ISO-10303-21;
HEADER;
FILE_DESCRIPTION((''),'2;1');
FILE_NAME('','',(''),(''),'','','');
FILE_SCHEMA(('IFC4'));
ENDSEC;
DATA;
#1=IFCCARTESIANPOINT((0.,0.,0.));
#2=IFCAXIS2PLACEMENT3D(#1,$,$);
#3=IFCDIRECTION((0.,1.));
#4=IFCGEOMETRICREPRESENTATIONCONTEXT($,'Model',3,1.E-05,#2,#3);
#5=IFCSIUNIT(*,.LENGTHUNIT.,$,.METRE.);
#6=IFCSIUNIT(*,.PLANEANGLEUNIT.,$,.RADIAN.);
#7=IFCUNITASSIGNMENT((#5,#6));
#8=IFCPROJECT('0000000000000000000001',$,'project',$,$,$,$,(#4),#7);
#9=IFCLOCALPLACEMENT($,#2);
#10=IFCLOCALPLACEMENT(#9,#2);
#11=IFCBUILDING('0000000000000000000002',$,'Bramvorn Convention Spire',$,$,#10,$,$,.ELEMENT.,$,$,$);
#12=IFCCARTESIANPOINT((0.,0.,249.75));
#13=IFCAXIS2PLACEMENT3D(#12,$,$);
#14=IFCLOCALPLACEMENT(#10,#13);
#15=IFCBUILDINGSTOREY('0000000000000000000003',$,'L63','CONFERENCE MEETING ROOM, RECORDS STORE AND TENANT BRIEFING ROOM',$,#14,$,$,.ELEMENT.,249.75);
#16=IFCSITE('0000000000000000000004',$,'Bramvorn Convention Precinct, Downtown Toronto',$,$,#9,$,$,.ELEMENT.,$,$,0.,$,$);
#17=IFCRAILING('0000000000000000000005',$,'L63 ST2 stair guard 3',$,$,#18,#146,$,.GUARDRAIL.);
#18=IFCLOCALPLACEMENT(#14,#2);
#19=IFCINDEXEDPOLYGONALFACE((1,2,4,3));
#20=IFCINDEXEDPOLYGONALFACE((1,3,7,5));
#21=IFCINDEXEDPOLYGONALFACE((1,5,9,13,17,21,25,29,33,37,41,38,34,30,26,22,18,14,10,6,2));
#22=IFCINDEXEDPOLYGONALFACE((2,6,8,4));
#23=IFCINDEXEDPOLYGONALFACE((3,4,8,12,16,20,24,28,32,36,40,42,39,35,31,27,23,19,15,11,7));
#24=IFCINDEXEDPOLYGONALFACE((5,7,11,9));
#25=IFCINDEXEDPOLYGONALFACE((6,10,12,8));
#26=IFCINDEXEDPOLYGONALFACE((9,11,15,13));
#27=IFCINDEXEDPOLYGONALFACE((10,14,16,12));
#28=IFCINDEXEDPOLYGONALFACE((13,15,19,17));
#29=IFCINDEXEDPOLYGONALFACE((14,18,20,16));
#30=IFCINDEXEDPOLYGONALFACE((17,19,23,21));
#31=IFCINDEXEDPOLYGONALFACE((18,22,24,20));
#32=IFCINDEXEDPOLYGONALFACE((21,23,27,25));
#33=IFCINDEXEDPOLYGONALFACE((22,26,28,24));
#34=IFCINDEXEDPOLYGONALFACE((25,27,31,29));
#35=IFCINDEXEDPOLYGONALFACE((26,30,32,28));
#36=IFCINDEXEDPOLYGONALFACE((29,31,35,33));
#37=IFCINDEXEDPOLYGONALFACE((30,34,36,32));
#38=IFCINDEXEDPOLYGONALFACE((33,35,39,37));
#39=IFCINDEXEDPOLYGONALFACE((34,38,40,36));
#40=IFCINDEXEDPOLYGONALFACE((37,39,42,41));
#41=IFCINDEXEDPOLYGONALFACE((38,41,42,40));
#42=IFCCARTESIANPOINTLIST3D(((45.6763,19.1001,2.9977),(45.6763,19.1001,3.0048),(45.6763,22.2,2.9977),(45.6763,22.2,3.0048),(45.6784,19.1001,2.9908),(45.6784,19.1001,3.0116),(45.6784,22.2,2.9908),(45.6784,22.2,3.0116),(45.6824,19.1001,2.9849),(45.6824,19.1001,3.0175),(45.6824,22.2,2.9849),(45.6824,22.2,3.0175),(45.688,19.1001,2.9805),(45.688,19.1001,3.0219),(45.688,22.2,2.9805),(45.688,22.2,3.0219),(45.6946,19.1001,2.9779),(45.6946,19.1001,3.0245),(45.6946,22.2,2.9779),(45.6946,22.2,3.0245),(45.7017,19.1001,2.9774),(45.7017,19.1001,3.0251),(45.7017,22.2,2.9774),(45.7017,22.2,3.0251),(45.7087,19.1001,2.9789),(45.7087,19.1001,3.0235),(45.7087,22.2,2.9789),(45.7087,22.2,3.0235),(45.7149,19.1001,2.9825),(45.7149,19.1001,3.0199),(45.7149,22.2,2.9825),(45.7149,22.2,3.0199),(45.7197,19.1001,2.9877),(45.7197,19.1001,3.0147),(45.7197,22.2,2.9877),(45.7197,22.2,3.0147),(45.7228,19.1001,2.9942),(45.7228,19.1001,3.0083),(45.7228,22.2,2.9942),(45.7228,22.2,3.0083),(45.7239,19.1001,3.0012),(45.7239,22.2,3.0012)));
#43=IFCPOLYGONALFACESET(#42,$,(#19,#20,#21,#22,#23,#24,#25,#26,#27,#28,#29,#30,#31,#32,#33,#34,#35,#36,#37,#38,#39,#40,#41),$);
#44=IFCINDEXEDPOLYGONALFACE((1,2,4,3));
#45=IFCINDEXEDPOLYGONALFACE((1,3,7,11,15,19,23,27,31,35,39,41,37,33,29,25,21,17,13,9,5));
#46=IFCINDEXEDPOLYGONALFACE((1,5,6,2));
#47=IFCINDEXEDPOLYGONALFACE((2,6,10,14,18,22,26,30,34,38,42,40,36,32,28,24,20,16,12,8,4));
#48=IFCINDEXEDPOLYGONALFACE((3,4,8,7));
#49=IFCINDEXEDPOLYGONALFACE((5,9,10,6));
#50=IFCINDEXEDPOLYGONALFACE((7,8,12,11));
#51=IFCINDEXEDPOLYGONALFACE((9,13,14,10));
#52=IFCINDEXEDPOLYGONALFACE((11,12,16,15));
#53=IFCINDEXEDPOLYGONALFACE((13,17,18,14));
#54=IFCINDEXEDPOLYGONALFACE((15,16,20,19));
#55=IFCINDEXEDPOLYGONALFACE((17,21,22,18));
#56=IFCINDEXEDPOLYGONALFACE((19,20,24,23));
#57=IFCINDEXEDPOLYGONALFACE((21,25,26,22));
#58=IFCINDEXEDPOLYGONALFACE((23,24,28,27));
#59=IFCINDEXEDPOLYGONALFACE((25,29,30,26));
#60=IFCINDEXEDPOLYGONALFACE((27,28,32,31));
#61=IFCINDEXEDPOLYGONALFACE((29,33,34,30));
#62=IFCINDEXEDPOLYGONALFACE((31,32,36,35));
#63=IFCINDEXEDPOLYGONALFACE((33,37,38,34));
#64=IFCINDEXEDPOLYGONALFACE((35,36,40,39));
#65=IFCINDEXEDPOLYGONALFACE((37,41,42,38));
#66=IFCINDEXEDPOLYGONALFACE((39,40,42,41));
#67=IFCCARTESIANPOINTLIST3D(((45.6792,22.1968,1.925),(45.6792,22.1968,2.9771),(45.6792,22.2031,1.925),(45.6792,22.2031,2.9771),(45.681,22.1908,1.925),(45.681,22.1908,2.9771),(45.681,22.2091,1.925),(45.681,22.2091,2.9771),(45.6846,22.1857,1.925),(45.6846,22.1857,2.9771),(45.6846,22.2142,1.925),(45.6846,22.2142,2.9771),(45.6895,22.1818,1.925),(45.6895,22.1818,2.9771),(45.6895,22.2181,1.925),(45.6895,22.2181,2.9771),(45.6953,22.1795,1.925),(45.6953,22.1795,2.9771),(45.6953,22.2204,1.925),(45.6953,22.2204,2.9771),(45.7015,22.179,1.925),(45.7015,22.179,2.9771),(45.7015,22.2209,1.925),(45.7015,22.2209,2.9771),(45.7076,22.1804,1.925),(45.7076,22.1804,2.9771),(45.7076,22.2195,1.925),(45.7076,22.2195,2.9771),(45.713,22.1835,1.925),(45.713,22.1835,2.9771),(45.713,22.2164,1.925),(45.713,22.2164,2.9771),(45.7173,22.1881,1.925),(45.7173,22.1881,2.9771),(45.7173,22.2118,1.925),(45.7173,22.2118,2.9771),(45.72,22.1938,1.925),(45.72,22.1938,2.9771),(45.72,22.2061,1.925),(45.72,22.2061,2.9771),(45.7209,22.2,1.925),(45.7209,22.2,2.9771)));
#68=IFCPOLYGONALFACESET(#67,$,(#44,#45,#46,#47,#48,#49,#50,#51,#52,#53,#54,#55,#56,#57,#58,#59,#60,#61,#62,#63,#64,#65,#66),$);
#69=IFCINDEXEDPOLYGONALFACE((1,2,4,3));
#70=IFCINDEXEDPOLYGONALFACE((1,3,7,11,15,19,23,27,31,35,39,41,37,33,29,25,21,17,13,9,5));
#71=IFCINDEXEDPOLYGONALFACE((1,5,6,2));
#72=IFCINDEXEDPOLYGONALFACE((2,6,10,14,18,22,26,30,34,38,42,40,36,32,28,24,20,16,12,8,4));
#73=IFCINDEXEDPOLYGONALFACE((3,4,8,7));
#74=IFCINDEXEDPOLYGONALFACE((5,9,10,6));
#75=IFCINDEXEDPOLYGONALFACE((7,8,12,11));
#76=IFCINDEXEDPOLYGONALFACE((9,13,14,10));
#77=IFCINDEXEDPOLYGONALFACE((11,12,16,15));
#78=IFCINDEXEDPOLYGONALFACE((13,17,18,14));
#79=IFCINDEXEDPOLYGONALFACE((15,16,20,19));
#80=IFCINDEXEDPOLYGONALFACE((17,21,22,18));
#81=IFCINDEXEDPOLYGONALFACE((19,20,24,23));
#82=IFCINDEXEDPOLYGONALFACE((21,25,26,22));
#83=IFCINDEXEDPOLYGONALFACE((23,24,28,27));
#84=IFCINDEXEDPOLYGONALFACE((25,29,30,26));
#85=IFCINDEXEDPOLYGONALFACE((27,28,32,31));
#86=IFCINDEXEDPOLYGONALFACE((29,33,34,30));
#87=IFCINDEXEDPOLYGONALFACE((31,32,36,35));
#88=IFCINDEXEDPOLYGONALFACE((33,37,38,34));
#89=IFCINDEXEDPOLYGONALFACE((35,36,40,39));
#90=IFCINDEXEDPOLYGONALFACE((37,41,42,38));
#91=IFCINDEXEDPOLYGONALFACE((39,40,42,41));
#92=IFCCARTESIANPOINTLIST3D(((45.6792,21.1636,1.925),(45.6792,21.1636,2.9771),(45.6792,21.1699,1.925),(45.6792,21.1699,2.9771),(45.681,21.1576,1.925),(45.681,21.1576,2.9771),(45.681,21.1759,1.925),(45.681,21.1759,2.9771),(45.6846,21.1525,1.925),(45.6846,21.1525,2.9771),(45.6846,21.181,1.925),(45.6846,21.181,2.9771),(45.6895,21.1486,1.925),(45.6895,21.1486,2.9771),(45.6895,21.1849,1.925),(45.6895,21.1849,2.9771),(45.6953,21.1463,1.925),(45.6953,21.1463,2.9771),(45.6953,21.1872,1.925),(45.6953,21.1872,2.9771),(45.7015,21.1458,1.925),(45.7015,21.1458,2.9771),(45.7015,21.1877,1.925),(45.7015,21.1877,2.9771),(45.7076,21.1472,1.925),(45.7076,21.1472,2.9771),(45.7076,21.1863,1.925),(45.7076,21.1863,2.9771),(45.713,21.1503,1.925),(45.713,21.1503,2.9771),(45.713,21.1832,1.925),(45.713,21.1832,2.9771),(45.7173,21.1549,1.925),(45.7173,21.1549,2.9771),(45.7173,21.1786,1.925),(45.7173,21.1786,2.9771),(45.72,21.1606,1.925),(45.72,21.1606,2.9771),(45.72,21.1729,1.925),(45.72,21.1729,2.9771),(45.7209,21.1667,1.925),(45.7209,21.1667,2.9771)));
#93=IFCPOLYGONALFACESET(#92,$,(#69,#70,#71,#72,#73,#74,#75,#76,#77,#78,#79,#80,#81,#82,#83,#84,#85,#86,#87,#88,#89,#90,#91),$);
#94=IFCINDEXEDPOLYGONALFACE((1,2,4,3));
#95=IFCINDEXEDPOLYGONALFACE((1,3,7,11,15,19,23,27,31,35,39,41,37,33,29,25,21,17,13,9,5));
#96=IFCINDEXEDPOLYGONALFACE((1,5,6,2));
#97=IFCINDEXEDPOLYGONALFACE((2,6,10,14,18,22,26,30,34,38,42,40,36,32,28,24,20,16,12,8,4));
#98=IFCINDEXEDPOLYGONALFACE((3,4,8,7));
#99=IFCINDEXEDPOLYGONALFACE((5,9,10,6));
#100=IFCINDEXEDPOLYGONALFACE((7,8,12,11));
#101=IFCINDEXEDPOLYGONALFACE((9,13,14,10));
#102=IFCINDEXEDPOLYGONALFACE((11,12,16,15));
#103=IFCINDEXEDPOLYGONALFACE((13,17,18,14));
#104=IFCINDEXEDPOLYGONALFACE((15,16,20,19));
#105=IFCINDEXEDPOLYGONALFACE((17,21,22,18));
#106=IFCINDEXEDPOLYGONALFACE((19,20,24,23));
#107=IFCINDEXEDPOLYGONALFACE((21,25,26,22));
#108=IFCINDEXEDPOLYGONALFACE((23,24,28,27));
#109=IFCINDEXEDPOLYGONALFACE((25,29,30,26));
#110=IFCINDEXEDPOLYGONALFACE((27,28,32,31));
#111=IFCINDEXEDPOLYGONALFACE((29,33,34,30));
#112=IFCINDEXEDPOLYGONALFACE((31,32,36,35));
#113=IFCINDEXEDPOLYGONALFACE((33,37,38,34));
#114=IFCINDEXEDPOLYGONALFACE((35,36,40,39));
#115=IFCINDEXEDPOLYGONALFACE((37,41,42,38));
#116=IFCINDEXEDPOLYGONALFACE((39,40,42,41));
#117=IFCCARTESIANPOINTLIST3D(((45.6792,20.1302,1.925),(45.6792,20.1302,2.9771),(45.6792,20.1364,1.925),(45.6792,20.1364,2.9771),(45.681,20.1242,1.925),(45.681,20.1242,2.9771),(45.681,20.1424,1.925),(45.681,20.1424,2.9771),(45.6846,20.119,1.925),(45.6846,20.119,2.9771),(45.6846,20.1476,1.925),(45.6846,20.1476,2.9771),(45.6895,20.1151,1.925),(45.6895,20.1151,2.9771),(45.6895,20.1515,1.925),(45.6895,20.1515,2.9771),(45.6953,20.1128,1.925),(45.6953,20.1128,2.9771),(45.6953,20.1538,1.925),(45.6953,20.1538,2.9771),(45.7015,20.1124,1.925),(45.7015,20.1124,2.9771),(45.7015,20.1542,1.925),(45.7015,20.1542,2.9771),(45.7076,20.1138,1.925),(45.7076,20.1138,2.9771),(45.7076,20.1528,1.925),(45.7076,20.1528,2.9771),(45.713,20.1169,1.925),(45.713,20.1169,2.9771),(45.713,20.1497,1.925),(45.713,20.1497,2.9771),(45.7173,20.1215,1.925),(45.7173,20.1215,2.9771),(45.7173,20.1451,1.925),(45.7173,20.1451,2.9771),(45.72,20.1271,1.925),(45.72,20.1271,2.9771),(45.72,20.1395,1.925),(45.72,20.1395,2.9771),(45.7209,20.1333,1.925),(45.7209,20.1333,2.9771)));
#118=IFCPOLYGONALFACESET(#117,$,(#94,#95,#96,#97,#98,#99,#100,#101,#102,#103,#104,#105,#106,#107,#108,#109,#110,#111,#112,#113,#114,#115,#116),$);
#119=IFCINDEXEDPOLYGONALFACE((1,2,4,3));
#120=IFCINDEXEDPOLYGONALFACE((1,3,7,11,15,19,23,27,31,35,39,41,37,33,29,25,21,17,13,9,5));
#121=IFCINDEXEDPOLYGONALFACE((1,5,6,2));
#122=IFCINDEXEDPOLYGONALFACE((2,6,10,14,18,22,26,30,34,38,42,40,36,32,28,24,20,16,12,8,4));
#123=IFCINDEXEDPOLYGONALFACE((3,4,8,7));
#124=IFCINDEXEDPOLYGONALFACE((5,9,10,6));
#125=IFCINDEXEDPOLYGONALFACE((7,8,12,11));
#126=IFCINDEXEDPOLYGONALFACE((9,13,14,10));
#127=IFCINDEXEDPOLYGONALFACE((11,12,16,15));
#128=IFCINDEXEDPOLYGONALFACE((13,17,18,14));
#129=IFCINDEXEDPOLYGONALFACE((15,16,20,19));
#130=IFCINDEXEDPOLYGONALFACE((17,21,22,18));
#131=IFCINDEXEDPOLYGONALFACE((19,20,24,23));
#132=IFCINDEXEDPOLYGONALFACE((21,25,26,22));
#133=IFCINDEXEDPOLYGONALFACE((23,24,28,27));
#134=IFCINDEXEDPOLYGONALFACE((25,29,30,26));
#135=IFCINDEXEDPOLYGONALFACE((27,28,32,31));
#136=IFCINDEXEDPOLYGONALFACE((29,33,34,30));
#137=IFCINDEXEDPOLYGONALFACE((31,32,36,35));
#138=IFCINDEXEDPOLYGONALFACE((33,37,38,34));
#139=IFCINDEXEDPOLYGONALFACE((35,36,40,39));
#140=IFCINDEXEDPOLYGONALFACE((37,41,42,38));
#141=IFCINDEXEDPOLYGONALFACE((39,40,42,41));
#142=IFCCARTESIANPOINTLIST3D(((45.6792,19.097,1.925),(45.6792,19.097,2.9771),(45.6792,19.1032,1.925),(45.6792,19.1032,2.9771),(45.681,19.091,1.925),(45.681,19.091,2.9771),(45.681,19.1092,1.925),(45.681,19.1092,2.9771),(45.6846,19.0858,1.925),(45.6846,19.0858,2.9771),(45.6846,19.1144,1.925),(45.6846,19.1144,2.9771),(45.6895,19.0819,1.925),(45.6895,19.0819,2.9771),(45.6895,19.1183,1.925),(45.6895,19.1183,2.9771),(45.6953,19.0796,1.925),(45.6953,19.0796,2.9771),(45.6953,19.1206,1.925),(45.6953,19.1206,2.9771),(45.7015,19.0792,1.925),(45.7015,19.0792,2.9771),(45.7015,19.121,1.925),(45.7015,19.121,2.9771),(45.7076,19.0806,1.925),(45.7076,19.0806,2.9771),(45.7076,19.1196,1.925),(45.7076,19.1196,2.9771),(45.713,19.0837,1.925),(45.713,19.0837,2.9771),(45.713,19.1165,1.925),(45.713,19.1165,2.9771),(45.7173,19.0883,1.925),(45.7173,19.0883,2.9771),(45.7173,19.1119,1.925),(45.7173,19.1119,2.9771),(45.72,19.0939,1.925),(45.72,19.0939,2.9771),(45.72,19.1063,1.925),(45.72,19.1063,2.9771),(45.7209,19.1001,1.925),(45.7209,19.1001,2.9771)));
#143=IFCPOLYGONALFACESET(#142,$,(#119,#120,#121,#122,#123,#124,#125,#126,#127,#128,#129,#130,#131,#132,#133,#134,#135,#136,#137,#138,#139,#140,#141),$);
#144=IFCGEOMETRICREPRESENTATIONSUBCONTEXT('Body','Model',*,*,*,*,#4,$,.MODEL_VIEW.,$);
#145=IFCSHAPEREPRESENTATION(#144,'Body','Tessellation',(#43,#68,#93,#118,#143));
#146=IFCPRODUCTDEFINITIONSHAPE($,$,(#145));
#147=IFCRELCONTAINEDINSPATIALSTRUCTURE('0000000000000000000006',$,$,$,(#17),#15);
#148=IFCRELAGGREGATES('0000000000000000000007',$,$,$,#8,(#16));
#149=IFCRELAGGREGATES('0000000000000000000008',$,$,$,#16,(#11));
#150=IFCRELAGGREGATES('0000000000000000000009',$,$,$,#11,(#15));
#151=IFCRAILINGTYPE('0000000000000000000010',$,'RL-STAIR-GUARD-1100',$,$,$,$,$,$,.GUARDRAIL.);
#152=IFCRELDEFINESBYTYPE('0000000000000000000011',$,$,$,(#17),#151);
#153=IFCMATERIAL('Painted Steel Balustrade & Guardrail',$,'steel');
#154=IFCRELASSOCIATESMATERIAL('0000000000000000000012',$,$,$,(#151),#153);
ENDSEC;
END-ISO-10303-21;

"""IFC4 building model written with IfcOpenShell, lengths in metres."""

from ifc_helpers import new_model, si_unit, direction, frame, origin, origin_2d, place, context, subcontext, project, spatial, circle, extrude, material, type_object, element, save


model = new_model("IFC4")

# Units and contexts
model_context = context("Model", 3, precision=1e-05, world=origin(), true_north=direction((0.0, 1.0)))
body_context = subcontext(model_context, "Body", "Model", "MODEL_VIEW")
ifc_project = project(units=[si_unit("LENGTHUNIT", "METRE"), si_unit("PLANEANGLEUNIT", "RADIAN")], contexts=[model_context])

# Site, building, storey
site_placement = place(None, origin())
site = spatial("IfcSite", under=ifc_project, at=site_placement, Name="Bramvorn Convention Precinct, Downtown Toronto", CompositionType="ELEMENT", RefElevation=0.0)
building_placement = place(site_placement, origin())
building = spatial("IfcBuilding", under=site, at=building_placement, Name="Bramvorn Convention Spire", CompositionType="ELEMENT")
storey_placement = place(building_placement, frame((0.0, 0.0, 249.75)))
storey = spatial("IfcBuildingStorey", under=building, at=storey_placement, Name="L63", Description="CONFERENCE MEETING ROOM, RECORDS STORE AND TENANT BRIEFING ROOM", CompositionType="ELEMENT", Elevation=249.75)

# Railing
ifc_material_1 = material(Name="Painted Steel Balustrade & Guardrail", Category="steel")
railing_type = type_object("IfcRailingType", Name="RL-STAIR-GUARD-1100", PredefinedType="GUARDRAIL", material=ifc_material_1)
railing_1_placement = place(storey_placement, frame((45.7, 22.2, 1.925)))
element("IfcRailing", 1, at=railing_1_placement, inside=storey, type_object=railing_type, Name="L63 ST2 stair guard 3", PredefinedType="GUARDRAIL", context=body_context, shape_type="SweptSolid", body=[
    extrude(circle(Radius=0.0239, at=origin_2d()), frame((0.0, 0.0, 1.0762), z_axis=(0.0, -1.0, 0.0), x_axis=(1.0, 0.0, 0.0)), (0.0, 0.0, 1.0), 3.0999),
    extrude(circle(Radius=0.021, at=origin_2d()), origin(), (0.0, 0.0, 1.0), 1.052),
    extrude(circle(Radius=0.021, at=origin_2d()), frame((0.0, -1.0332, 0.0)), (0.0, 0.0, 1.0), 1.052),
    extrude(circle(Radius=0.021, at=origin_2d()), frame((0.0, -2.0667, 0.0)), (0.0, 0.0, 1.0), 1.052),
    extrude(circle(Radius=0.021, at=origin_2d()), frame((0.0, -3.0999, 0.0)), (0.0, 0.0, 1.0), 1.052),
])

save(model, "model.ifc")
